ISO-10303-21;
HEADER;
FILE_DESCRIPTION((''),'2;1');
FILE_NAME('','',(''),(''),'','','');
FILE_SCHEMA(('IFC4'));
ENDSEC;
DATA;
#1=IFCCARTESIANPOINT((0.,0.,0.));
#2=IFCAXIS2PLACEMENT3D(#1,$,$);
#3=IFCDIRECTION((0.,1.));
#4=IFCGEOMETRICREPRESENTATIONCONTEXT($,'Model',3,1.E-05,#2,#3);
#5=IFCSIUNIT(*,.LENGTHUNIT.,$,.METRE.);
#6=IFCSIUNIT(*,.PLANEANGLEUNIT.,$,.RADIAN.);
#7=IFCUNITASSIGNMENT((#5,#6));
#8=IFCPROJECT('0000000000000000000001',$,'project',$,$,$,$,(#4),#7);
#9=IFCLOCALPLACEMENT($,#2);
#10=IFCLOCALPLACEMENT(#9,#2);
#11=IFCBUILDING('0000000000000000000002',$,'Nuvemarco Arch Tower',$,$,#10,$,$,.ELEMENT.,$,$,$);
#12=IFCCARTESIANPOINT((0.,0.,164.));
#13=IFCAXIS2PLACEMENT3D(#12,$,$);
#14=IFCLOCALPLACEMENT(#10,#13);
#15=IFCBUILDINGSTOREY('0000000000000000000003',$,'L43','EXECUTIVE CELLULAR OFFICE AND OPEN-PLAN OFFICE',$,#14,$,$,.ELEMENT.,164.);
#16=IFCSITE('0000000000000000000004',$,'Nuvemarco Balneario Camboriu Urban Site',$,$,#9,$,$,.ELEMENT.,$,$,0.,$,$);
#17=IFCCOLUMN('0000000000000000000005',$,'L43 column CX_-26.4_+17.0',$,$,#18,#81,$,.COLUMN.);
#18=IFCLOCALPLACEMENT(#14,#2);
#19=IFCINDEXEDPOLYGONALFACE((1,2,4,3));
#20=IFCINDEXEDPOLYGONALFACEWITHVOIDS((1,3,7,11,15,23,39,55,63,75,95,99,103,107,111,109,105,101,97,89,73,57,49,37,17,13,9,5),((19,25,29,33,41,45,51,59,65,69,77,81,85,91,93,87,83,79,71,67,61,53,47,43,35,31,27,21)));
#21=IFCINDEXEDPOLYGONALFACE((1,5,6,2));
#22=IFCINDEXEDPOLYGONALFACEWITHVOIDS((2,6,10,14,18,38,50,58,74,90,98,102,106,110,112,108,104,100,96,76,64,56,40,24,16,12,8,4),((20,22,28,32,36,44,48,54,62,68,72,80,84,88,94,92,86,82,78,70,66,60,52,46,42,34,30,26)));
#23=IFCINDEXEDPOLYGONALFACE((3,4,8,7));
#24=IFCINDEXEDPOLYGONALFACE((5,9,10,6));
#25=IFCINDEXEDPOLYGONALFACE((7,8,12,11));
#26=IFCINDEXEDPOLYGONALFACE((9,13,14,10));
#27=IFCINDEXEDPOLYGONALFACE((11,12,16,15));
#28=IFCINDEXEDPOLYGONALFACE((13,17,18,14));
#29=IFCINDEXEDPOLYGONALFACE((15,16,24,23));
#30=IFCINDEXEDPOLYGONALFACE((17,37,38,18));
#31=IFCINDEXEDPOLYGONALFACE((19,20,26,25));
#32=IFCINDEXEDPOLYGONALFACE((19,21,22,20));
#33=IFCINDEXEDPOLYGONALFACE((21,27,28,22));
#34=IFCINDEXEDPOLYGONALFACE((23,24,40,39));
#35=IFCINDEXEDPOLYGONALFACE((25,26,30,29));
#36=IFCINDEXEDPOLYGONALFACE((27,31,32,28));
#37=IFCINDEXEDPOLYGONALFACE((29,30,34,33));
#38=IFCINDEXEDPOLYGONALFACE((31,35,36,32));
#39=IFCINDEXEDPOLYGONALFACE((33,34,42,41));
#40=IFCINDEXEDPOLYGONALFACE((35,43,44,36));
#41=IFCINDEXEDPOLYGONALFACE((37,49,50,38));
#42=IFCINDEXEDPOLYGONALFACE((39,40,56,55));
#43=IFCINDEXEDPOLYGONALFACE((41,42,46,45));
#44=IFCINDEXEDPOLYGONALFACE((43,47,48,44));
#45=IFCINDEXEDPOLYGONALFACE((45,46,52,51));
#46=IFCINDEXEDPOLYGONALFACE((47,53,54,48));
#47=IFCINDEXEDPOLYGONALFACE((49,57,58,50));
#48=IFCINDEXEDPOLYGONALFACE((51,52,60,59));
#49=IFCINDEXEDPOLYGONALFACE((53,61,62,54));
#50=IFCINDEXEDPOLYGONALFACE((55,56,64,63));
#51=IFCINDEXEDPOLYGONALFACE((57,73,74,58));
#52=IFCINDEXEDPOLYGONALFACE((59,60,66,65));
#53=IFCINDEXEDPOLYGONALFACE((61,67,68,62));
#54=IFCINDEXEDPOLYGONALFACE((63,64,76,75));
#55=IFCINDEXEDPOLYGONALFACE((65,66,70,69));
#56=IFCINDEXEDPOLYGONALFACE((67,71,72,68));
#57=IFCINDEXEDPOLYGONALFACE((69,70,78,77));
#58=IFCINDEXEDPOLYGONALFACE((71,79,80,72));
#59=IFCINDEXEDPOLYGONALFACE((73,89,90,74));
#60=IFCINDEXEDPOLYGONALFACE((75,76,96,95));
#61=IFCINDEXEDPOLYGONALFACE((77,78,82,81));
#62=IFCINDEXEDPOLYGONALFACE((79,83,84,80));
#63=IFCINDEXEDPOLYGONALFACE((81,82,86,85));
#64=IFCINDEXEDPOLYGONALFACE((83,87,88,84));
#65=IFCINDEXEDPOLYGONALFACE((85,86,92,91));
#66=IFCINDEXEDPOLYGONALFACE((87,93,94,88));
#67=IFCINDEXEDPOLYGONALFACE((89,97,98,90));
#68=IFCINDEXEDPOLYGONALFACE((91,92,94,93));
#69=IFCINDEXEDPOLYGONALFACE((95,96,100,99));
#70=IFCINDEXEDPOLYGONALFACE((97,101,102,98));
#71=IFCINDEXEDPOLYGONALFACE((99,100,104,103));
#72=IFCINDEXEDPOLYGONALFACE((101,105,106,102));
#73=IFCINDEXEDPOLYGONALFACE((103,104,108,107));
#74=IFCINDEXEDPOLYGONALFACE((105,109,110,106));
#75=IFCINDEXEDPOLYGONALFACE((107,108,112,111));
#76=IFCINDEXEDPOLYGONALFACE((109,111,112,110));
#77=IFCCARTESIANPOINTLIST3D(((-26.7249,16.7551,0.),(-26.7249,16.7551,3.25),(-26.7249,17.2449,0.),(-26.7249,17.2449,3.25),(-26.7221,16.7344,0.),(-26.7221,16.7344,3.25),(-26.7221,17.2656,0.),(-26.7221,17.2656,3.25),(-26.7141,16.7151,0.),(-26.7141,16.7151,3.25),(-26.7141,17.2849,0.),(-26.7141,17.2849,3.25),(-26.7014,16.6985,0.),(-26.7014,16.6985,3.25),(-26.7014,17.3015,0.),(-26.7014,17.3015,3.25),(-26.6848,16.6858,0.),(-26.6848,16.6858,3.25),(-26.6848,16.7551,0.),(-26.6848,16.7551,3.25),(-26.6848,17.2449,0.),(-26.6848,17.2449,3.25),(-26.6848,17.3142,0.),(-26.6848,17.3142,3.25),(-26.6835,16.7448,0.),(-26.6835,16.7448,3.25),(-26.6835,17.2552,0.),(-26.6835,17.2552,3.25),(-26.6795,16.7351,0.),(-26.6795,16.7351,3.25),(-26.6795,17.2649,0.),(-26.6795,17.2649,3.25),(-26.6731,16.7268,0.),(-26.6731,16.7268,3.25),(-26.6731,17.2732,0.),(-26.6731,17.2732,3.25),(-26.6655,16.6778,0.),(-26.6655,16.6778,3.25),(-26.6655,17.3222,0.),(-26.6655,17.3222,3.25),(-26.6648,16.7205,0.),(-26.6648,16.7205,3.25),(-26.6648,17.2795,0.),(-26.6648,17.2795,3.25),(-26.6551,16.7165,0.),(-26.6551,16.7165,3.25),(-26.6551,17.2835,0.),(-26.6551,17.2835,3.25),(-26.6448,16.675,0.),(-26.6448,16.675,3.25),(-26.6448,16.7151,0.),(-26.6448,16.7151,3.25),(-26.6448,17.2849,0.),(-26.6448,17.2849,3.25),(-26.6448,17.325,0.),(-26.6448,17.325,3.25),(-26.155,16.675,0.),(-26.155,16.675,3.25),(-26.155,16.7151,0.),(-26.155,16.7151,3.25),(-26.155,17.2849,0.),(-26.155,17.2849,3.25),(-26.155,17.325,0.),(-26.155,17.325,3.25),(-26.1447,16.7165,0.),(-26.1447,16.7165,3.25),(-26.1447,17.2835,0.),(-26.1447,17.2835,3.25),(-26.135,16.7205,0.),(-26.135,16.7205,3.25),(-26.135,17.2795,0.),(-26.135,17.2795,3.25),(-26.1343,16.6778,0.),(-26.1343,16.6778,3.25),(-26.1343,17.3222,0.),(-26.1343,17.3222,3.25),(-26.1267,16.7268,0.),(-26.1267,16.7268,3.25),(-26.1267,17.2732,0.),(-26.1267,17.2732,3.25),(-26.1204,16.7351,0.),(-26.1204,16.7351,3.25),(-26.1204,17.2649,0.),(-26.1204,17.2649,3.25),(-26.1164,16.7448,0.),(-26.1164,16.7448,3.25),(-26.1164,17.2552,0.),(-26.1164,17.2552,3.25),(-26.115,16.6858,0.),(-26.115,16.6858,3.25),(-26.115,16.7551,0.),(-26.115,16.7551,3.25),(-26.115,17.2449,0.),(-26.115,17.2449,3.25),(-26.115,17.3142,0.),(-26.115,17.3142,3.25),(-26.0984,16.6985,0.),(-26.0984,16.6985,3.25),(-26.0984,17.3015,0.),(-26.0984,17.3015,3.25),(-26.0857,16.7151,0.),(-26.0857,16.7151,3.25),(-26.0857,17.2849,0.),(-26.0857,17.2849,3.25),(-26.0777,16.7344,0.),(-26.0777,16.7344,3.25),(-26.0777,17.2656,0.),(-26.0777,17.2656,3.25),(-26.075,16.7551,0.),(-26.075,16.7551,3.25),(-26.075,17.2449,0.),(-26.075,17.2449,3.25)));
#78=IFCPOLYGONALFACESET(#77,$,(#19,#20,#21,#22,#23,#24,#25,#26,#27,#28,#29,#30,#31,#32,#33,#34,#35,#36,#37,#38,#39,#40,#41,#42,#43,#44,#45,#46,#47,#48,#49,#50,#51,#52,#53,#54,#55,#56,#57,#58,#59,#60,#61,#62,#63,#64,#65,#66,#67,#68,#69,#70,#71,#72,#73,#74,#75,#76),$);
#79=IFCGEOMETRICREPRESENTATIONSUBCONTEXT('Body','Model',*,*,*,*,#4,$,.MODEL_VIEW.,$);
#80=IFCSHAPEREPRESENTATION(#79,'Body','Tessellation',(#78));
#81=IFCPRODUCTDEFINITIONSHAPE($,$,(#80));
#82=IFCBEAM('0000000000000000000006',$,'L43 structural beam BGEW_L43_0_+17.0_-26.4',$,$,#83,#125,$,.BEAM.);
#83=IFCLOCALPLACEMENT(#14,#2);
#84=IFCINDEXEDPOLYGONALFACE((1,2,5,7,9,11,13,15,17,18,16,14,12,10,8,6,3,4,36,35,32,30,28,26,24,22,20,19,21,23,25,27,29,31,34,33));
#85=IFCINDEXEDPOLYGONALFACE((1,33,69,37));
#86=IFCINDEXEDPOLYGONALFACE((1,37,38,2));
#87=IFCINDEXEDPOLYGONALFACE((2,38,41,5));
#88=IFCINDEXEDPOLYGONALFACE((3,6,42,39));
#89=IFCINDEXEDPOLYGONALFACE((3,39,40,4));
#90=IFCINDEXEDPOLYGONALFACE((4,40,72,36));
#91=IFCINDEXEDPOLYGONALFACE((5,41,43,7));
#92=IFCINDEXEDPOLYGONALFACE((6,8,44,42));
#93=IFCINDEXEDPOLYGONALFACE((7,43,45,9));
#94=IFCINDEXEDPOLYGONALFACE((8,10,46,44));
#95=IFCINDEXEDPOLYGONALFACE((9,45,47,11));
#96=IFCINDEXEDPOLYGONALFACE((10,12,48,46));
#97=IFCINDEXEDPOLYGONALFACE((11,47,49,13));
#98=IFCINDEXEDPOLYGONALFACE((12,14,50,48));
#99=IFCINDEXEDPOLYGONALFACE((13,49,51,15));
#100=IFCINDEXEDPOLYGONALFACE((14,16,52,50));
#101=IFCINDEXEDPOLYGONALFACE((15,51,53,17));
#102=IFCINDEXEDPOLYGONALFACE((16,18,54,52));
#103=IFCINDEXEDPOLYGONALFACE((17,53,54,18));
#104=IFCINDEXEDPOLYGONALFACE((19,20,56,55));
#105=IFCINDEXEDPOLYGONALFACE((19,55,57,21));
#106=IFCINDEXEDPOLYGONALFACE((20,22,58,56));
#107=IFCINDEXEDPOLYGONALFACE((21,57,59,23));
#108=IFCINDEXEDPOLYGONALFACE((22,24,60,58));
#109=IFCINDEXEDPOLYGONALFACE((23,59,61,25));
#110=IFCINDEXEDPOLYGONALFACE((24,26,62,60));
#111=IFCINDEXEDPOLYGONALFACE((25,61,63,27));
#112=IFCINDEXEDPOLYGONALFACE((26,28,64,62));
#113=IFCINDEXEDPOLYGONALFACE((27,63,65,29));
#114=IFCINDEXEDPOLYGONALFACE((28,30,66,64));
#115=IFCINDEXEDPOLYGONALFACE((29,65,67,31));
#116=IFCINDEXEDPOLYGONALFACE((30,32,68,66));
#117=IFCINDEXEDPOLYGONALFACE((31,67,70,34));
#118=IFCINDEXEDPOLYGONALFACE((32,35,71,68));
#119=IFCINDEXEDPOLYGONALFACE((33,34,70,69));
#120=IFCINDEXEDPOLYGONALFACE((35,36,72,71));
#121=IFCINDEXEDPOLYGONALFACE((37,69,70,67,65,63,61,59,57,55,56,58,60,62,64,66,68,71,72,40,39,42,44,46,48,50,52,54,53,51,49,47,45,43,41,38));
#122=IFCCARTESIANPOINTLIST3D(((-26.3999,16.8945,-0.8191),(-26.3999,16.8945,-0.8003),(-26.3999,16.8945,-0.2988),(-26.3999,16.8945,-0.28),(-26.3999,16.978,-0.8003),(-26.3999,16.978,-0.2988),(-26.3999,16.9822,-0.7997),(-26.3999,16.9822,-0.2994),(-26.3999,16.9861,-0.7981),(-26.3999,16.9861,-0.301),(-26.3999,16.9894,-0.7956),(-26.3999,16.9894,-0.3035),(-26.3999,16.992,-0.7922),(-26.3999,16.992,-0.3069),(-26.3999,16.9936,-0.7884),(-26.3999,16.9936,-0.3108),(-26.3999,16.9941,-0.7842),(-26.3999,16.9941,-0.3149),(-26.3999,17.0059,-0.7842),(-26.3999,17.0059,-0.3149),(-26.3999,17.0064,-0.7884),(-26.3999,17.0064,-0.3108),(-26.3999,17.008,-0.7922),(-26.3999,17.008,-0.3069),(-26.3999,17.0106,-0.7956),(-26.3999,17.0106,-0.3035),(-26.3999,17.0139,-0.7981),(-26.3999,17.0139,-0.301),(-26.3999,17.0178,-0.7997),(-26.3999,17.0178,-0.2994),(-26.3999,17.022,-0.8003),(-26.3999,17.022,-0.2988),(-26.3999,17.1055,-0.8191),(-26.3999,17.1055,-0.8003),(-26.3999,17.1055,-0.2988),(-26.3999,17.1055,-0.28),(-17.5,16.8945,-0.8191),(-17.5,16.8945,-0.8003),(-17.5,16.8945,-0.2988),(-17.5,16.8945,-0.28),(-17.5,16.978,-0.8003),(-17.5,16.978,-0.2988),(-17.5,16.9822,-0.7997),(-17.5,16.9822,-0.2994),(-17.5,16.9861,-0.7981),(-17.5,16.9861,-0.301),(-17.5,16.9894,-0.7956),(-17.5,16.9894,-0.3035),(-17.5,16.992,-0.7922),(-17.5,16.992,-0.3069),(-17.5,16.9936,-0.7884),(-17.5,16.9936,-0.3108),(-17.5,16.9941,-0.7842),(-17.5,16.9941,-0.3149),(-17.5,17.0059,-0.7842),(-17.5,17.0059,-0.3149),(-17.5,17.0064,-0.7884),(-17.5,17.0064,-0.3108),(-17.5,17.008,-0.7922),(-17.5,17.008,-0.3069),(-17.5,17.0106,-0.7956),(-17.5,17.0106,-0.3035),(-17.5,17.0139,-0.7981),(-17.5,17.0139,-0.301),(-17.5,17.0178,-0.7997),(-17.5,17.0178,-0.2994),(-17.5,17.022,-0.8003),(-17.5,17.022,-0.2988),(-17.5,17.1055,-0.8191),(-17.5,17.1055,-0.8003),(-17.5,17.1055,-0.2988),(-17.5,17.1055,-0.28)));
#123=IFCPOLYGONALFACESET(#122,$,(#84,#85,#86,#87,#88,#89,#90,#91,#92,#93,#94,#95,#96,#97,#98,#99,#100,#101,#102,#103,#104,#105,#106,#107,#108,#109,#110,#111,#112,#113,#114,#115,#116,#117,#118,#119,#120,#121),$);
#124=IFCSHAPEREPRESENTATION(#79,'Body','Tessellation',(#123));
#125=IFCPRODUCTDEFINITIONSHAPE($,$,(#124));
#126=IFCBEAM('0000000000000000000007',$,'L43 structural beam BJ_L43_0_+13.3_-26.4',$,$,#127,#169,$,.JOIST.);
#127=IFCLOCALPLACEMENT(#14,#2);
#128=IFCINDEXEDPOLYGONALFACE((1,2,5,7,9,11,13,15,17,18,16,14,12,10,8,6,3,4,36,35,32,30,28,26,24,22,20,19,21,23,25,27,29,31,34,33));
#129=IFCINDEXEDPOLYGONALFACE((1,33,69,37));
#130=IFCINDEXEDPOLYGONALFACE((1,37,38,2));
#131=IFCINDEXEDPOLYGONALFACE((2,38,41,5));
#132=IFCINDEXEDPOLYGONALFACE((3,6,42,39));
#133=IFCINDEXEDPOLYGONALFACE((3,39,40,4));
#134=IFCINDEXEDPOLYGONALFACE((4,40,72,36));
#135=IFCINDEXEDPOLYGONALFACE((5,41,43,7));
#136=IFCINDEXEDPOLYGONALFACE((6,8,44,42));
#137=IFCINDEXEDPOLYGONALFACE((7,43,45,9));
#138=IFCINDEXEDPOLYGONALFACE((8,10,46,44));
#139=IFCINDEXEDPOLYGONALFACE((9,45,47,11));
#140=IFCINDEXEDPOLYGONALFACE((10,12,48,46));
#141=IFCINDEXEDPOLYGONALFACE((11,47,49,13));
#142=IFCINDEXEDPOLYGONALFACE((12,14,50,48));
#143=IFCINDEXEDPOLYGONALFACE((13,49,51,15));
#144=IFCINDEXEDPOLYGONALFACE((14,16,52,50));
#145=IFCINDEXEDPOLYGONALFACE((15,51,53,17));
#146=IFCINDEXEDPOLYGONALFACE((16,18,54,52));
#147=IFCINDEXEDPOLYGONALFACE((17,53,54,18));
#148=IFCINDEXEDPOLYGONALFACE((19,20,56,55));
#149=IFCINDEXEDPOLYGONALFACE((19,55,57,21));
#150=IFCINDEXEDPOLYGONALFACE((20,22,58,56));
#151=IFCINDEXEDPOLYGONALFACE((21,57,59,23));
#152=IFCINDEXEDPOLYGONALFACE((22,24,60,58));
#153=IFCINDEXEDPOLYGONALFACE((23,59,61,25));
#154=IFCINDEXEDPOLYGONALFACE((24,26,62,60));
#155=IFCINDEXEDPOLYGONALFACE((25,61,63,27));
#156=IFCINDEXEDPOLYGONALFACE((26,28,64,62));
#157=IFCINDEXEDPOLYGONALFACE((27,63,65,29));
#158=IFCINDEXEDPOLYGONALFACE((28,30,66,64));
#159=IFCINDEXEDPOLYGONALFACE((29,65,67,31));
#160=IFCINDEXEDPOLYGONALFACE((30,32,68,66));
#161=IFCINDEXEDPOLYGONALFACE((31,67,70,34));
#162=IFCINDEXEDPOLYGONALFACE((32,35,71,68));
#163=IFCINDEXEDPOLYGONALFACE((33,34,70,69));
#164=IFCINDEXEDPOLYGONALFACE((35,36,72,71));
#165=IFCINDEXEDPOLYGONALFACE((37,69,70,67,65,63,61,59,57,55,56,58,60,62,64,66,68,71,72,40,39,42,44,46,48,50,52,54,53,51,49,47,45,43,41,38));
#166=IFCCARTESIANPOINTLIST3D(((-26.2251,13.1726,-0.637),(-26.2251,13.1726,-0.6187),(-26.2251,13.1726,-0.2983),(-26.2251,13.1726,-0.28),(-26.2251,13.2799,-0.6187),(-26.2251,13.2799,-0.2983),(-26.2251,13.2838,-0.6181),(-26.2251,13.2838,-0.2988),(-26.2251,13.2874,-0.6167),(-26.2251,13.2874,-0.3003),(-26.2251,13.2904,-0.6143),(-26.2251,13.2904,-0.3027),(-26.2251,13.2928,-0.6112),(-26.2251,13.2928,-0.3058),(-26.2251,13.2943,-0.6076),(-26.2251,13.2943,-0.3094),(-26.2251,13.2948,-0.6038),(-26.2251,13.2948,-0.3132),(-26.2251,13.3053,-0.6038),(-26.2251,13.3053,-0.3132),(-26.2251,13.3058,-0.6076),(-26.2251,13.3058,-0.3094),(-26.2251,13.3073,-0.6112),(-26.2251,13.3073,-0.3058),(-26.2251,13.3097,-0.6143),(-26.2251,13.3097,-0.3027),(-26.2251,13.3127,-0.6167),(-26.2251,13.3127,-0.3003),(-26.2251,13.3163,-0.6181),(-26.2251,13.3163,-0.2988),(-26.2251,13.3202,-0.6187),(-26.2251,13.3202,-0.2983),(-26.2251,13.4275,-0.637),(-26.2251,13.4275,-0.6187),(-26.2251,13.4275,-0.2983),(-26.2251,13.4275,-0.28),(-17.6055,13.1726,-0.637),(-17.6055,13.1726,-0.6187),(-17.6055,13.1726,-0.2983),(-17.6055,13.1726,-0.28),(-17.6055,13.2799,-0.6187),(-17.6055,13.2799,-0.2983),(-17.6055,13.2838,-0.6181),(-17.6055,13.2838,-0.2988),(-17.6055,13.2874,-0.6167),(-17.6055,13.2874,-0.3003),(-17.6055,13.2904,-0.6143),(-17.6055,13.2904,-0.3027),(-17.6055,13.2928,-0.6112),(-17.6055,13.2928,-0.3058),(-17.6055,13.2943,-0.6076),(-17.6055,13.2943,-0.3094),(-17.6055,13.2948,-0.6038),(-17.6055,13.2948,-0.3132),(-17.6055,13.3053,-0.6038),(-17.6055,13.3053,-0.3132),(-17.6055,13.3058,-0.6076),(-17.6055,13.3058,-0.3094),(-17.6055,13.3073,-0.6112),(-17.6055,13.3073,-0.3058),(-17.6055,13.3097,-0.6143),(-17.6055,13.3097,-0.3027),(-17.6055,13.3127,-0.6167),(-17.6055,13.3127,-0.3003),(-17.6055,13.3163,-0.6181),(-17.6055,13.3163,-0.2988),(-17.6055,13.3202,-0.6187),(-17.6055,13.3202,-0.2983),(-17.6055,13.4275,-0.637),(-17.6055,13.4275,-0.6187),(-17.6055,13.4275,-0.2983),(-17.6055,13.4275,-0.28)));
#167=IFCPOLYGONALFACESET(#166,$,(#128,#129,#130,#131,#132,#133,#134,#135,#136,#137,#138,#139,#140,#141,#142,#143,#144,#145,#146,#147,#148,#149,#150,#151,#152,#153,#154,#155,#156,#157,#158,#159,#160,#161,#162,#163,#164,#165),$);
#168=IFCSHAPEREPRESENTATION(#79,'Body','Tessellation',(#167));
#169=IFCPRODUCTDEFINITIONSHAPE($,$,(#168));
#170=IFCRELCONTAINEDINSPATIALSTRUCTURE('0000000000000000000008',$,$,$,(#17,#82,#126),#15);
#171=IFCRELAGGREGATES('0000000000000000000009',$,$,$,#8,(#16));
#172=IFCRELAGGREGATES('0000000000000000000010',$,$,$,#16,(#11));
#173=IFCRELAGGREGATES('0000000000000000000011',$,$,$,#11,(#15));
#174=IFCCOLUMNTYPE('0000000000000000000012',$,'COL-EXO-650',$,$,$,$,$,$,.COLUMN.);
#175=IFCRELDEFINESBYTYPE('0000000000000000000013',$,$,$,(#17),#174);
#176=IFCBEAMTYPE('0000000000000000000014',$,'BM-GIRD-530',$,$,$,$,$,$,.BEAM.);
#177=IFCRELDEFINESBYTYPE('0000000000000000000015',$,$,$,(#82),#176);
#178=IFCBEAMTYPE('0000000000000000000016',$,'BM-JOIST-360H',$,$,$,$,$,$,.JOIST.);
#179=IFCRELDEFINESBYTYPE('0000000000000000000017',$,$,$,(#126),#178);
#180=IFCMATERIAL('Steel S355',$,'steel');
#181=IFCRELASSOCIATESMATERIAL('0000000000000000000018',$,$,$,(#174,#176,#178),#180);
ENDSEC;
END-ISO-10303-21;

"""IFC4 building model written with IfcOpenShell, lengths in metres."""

from ifc_helpers import new_model, si_unit, direction, frame, origin, origin_2d, place, context, subcontext, project, spatial, hollow_rectangle, i_section, extrude, material, material_profile, profile_set, type_object, element, save


model = new_model("IFC4")

# Units and contexts
model_context = context("Model", 3, precision=1e-05, world=origin(), true_north=direction((0.0, 1.0)))
body_context = subcontext(model_context, "Body", "Model", "MODEL_VIEW")
ifc_project = project(units=[si_unit("LENGTHUNIT", "METRE"), si_unit("PLANEANGLEUNIT", "RADIAN")], contexts=[model_context])

# Site, building, storey
site_placement = place(None, origin())
site = spatial("IfcSite", under=ifc_project, at=site_placement, Name="Nuvemarco Balneario Camboriu Urban Site", CompositionType="ELEMENT", RefElevation=0.0)
building_placement = place(site_placement, origin())
building = spatial("IfcBuilding", under=site, at=building_placement, Name="Nuvemarco Arch Tower", CompositionType="ELEMENT")
storey_placement = place(building_placement, frame((0.0, 0.0, 164.0)))
storey = spatial("IfcBuildingStorey", under=building, at=storey_placement, Name="L43", Description="EXECUTIVE CELLULAR OFFICE AND OPEN-PLAN OFFICE", CompositionType="ELEMENT", Elevation=164.0)

# Column
ifc_material_1 = material(Name="Steel S355", Category="steel")
ifc_material_profile_1 = material_profile(ifc_material_1, hollow_rectangle(XDim=0.6499, YDim=0.6499, WallThickness=0.04, InnerFilletRadius=0.04, OuterFilletRadius=0.0801, at=origin_2d()), Name="SHS650x650x40")
ifc_profile_set_1 = profile_set([ifc_material_profile_1], Name="Steel S355")
column_type = type_object("IfcColumnType", Name="COL-EXO-650", PredefinedType="COLUMN", material=ifc_profile_set_1)
column_placement = place(storey_placement, frame((-26.3999, 17.0, 0.0), z_axis=(0.0, 0.0, 1.0), x_axis=(1.0, 0.0, 0.0)))
element("IfcColumn", 1, at=column_placement, inside=storey, type_object=column_type, Name="L43 column CX_-26.4_+17.0", PredefinedType="COLUMN", context=body_context, shape_type="SweptSolid", body=[
    extrude(hollow_rectangle(XDim=0.6499, YDim=0.6499, WallThickness=0.04, InnerFilletRadius=0.04, OuterFilletRadius=0.0801, at=origin_2d()), origin(), (0.0, 0.0, 1.0), 3.25),
])

# Beams
ifc_material_profile_2 = material_profile(ifc_material_1, i_section(OverallWidth=0.2109, OverallDepth=0.5391, WebThickness=0.0117, FlangeThickness=0.0188, FilletRadius=0.0161, at=origin_2d()), Name="W530x109")
ifc_profile_set_2 = profile_set([ifc_material_profile_2], Name="Steel S355")
beam_type_1 = type_object("IfcBeamType", Name="BM-GIRD-530", PredefinedType="BEAM", material=ifc_profile_set_2)
beam_1_placement = place(storey_placement, frame((-26.3999, 17.0, -0.5496), z_axis=(1.0, 0.0, 0.0), x_axis=(0.0, 1.0, 0.0)))
element("IfcBeam", 2, at=beam_1_placement, inside=storey, type_object=beam_type_1, Name="L43 structural beam BGEW_L43_0_+17.0_-26.4", PredefinedType="BEAM", context=body_context, shape_type="SweptSolid", body=[
    extrude(i_section(OverallWidth=0.2109, OverallDepth=0.5391, WebThickness=0.0117, FlangeThickness=0.0188, FilletRadius=0.0161, at=origin_2d()), origin(), (0.0, 0.0, 1.0), 8.8999),
])
ifc_material_profile_3 = material_profile(ifc_material_1, i_section(OverallWidth=0.2549, OverallDepth=0.3569, WebThickness=0.0105, FlangeThickness=0.0183, FilletRadius=0.0149, at=origin_2d()), Name="W360x101")
ifc_profile_set_3 = profile_set([ifc_material_profile_3], Name="Steel S355")
beam_type_2 = type_object("IfcBeamType", Name="BM-JOIST-360H", PredefinedType="JOIST", material=ifc_profile_set_3)
beam_2_placement = place(storey_placement, frame((-26.2251, 13.3, -0.4585), z_axis=(1.0, 0.0, 0.0), x_axis=(0.0, 1.0, 0.0)))
element("IfcBeam", 3, at=beam_2_placement, inside=storey, type_object=beam_type_2, Name="L43 structural beam BJ_L43_0_+13.3_-26.4", PredefinedType="JOIST", context=body_context, shape_type="SweptSolid", body=[
    extrude(i_section(OverallWidth=0.2549, OverallDepth=0.3569, WebThickness=0.0105, FlangeThickness=0.0183, FilletRadius=0.0149, at=origin_2d()), origin(), (0.0, 0.0, 1.0), 8.6196),
])

save(model, "model.ifc")
